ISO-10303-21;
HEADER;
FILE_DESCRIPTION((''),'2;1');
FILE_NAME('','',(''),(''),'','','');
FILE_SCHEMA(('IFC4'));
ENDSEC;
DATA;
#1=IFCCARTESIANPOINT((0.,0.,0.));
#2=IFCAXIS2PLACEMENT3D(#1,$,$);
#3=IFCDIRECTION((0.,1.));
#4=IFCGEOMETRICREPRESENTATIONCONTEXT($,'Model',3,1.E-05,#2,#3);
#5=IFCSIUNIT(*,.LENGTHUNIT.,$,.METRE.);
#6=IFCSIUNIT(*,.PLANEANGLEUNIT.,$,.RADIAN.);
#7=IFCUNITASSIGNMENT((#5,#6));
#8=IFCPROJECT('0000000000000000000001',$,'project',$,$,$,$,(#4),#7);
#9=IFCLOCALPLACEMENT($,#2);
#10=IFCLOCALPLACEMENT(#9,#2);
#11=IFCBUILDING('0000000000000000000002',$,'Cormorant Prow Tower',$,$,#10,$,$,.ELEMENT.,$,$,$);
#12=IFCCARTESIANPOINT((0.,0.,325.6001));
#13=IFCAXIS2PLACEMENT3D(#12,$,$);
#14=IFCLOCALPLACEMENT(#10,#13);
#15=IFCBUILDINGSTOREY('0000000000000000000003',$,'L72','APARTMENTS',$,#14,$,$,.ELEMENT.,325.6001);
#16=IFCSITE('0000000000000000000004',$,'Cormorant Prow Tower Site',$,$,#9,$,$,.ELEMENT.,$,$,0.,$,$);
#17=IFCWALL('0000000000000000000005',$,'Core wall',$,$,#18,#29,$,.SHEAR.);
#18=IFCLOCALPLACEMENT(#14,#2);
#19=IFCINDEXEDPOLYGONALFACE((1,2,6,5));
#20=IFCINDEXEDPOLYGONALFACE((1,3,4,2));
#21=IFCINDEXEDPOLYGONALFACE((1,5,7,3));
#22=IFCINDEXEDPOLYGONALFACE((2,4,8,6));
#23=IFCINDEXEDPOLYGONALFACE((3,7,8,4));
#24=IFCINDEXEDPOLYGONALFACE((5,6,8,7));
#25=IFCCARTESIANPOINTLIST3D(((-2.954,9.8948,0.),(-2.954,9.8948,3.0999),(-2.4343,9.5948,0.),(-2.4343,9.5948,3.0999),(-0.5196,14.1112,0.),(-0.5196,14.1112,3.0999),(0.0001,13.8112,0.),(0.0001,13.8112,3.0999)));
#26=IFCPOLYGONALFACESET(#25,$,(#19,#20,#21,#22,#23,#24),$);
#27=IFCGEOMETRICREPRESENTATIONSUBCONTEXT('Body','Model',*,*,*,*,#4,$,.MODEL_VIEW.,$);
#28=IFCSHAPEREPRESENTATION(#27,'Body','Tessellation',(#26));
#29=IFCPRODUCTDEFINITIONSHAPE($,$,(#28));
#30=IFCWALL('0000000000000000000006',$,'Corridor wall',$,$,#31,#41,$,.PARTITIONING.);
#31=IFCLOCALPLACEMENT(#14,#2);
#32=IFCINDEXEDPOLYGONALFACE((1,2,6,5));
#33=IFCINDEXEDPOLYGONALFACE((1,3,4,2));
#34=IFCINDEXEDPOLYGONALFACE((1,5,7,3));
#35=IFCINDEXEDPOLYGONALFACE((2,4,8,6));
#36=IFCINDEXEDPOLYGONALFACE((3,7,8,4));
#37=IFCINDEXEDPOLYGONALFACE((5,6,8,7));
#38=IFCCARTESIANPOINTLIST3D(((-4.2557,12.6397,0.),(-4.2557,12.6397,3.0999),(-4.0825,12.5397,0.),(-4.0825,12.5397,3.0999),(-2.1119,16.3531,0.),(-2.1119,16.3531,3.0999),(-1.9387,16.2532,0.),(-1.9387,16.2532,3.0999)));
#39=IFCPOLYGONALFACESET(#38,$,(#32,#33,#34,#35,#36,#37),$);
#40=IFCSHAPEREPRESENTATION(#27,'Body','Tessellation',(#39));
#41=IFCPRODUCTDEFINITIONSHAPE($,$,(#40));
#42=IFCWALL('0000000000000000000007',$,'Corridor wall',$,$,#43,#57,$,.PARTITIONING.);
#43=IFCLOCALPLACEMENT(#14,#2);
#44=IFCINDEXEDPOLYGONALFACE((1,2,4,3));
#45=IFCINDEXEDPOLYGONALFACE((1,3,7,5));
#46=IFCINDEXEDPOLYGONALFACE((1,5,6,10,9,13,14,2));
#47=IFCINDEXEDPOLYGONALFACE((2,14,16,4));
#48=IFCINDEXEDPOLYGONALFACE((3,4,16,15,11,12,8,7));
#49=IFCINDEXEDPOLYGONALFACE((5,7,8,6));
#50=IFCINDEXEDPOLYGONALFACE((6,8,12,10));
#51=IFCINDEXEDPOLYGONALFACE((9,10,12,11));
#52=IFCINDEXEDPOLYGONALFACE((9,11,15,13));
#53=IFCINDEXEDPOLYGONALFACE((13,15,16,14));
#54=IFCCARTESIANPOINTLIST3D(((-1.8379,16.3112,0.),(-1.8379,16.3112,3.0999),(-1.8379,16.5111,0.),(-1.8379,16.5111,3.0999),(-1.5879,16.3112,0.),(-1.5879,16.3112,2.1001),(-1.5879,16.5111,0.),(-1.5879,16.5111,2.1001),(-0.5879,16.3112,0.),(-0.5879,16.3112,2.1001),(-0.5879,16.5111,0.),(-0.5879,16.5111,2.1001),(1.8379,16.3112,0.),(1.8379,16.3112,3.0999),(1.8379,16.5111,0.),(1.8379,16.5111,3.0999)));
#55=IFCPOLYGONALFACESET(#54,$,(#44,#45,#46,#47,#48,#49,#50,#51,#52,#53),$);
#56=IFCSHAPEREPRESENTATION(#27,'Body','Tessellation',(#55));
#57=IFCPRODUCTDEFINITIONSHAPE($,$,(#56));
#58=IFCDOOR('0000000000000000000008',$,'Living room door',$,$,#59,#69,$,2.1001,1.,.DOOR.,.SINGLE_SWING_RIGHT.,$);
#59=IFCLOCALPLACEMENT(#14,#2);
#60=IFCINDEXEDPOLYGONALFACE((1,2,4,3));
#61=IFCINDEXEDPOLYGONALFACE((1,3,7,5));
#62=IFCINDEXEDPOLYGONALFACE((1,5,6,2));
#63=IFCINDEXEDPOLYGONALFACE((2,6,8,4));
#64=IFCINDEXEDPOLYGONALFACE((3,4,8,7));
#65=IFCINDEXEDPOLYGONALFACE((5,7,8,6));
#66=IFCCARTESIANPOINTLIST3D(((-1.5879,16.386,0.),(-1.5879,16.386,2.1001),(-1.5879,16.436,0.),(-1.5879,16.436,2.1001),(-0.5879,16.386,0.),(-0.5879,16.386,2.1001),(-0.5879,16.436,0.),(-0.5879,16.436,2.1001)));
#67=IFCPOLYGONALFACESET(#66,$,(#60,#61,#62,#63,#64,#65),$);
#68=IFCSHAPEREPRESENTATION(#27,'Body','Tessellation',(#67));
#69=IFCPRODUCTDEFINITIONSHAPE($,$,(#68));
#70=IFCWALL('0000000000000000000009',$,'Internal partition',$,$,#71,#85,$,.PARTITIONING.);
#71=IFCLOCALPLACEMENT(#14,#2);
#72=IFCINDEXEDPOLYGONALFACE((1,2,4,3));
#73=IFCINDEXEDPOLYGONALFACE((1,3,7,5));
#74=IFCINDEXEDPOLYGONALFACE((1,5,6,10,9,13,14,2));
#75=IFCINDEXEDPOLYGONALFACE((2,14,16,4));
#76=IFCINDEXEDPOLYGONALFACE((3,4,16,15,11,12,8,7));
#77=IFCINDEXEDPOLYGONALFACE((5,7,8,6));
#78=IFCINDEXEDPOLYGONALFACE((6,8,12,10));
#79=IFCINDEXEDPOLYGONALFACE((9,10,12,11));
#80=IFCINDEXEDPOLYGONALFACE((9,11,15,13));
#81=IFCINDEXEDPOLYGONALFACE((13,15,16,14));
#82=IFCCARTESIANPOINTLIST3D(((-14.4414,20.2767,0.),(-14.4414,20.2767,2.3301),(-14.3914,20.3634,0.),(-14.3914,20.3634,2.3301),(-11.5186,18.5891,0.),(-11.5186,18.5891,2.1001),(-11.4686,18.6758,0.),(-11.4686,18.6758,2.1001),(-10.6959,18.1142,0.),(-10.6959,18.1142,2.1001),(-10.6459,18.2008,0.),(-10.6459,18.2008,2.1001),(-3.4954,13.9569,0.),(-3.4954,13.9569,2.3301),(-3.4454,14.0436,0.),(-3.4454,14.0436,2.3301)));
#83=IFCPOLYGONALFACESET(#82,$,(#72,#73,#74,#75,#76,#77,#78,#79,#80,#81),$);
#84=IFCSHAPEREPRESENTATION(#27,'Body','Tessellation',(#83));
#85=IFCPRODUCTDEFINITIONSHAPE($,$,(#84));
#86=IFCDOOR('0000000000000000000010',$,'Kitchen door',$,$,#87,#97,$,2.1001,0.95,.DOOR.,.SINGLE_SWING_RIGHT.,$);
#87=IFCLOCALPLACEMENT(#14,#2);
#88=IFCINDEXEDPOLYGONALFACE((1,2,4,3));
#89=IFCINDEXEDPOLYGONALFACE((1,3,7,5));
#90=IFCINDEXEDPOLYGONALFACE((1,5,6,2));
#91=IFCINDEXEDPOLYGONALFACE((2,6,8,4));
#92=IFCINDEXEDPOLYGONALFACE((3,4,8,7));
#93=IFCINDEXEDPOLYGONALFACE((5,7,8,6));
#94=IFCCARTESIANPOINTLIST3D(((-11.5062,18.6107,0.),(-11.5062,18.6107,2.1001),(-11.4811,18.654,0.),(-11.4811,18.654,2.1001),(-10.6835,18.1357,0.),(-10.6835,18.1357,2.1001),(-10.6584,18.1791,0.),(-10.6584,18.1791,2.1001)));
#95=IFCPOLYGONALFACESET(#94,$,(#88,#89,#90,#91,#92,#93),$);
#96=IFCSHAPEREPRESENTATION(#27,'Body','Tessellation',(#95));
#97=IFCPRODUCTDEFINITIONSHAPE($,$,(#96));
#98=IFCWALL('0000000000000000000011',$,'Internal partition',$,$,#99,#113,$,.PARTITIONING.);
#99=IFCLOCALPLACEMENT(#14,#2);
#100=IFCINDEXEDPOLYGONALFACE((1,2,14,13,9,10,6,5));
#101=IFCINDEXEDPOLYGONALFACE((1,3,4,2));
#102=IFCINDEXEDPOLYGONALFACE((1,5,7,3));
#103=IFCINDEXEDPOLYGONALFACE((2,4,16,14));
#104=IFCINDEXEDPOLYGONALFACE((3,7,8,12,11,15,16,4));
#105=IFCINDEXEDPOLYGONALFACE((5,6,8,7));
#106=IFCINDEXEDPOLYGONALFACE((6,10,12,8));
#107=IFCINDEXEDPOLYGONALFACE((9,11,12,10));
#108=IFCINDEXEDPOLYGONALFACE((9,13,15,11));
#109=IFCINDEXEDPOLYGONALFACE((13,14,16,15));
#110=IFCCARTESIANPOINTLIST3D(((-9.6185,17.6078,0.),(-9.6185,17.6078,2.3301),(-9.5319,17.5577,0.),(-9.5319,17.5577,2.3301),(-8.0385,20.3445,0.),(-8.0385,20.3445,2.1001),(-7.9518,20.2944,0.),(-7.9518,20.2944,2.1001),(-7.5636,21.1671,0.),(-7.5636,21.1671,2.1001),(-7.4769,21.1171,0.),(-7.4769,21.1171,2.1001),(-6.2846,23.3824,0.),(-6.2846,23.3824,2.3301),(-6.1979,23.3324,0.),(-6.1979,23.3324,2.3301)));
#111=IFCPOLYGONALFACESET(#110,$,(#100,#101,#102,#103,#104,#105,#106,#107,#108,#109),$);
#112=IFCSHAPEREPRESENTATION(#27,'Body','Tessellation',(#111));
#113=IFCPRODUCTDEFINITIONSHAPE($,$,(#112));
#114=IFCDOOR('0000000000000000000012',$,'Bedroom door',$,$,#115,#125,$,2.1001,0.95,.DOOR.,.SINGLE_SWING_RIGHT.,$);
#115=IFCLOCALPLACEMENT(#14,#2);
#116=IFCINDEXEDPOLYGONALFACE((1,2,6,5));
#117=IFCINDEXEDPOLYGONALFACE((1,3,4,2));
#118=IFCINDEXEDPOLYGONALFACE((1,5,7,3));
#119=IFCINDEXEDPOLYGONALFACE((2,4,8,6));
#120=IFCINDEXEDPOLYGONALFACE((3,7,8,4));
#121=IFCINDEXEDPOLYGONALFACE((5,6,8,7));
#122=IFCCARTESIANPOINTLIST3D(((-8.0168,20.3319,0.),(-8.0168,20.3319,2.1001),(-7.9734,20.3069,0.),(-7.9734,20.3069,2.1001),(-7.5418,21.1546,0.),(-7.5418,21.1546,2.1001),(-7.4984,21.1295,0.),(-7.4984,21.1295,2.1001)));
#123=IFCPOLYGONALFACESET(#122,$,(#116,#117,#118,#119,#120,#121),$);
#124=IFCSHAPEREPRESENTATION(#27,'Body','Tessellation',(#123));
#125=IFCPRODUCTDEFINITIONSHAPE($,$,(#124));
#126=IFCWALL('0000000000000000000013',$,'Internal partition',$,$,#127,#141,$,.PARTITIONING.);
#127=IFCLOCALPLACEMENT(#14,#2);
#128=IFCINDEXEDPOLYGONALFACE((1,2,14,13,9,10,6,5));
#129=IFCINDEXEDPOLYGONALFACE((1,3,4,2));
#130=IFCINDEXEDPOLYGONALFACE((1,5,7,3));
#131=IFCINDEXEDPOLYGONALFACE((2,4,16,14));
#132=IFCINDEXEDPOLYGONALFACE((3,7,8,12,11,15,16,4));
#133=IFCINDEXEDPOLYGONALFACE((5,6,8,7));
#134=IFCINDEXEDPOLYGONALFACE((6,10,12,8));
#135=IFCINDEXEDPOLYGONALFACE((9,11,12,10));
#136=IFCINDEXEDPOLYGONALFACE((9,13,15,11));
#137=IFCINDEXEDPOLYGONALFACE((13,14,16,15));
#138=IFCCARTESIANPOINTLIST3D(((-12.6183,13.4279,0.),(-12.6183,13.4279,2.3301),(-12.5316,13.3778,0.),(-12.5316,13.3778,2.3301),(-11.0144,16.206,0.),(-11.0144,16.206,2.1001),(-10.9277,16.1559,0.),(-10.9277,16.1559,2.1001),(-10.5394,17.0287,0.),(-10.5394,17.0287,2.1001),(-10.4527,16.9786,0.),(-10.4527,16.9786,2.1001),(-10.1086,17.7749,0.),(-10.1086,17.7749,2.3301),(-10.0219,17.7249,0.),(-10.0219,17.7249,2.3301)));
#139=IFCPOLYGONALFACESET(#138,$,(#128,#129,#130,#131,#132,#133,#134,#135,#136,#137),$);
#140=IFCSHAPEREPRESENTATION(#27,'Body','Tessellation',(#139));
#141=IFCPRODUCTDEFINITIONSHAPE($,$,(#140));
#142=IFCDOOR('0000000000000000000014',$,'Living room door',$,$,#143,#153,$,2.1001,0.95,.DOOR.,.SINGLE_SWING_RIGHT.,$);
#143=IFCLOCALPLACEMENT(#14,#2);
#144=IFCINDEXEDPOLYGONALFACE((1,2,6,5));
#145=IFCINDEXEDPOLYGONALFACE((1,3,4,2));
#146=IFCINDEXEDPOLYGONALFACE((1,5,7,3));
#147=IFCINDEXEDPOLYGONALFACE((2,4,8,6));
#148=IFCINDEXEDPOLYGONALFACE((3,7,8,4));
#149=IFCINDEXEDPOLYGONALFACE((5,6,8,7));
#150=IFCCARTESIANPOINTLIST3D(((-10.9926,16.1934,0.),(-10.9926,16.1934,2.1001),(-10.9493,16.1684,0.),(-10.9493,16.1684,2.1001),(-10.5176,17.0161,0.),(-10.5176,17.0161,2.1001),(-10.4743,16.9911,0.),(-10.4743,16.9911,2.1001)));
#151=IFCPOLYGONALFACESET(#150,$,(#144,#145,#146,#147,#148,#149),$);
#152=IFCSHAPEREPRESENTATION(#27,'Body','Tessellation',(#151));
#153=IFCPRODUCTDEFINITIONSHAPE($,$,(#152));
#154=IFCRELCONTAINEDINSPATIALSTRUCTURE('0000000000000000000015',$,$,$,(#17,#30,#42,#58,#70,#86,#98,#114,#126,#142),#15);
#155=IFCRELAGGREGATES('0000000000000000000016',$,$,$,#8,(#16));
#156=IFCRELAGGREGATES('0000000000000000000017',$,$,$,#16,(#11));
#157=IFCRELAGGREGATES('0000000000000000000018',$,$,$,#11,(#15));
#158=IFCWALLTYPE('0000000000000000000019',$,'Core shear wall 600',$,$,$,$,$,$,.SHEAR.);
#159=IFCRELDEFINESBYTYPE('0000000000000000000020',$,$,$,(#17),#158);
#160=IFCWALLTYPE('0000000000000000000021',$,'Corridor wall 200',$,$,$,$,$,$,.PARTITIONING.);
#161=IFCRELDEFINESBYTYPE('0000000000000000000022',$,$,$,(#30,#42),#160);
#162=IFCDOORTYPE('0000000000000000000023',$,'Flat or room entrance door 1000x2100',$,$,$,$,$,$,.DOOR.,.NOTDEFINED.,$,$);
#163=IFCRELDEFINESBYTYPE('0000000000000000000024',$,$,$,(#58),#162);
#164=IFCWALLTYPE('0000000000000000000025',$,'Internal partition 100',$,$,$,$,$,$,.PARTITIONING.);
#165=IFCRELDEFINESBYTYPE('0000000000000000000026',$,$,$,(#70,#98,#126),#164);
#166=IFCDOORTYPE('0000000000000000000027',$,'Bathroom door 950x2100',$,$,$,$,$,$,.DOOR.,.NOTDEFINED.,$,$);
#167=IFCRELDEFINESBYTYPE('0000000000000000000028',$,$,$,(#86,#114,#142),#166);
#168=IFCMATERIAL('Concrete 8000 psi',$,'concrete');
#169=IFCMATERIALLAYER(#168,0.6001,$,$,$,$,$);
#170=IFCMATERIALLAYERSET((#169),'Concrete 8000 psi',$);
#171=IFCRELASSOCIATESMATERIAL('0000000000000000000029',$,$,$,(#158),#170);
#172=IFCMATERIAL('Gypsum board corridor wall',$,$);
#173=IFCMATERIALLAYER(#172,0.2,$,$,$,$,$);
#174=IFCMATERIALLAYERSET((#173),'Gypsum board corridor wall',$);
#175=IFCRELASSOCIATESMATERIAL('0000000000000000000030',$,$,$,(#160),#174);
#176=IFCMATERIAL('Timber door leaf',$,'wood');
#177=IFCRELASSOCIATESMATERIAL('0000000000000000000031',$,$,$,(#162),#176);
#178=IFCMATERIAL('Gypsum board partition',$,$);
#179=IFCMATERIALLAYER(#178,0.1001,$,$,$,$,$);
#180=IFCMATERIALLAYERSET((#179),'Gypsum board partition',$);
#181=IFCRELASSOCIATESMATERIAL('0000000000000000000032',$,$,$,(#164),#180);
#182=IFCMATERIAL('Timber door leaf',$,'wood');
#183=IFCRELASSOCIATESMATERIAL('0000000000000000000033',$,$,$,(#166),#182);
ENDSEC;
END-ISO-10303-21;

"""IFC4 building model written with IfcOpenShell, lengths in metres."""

from ifc_helpers import new_model, si_unit, direction, frame, frame_2d, origin, place, context, subcontext, project, spatial, rectangle, extrude, material, layer, layer_set, type_object, element, fill, save


model = new_model("IFC4")

# Units and contexts
model_context = context("Model", 3, precision=1e-05, world=origin(), true_north=direction((0.0, 1.0)))
body_context = subcontext(model_context, "Body", "Model", "MODEL_VIEW")
ifc_project = project(units=[si_unit("LENGTHUNIT", "METRE"), si_unit("PLANEANGLEUNIT", "RADIAN")], contexts=[model_context])

# Site, building, storey
site_placement = place(None, origin())
site = spatial("IfcSite", under=ifc_project, at=site_placement, Name="Cormorant Prow Tower Site", CompositionType="ELEMENT", RefElevation=0.0)
building_placement = place(site_placement, origin())
building = spatial("IfcBuilding", under=site, at=building_placement, Name="Cormorant Prow Tower", CompositionType="ELEMENT")
storey_placement = place(building_placement, frame((0.0, 0.0, 325.6001)))
storey = spatial("IfcBuildingStorey", under=building, at=storey_placement, Name="L72", Description="APARTMENTS", CompositionType="ELEMENT", Elevation=325.6001)

# Walls
ifc_material_1 = material(Name="Concrete 8000 psi", Category="concrete")
ifc_layer_1 = layer(ifc_material_1, 0.6001)
ifc_layer_set_1 = layer_set([ifc_layer_1], Name="Concrete 8000 psi")
wall_type_1 = type_object("IfcWallType", Name="Core shear wall 600", PredefinedType="SHEAR", material=ifc_layer_set_1)
wall_1_placement = place(storey_placement, frame((-0.2598, 13.9612, 0.0), z_axis=(0.0, 0.0, 1.0), x_axis=(-0.500006, -0.866022, 0.0)))
element("IfcWall", 1, at=wall_1_placement, inside=storey, type_object=wall_type_1, Name="Core wall", PredefinedType="SHEAR", context=body_context, shape_type="SweptSolid", body=[
    extrude(rectangle(XDim=4.8687, YDim=0.6001, at=frame_2d((2.4343, 0.0))), origin(), (0.0, 0.0, 1.0), 3.0999),
])
ifc_material_2 = material(Name="Gypsum board corridor wall")
ifc_layer_2 = layer(ifc_material_2, 0.2)
ifc_layer_set_2 = layer_set([ifc_layer_2], Name="Gypsum board corridor wall")
wall_type_2 = type_object("IfcWallType", Name="Corridor wall 200", PredefinedType="PARTITIONING", material=ifc_layer_set_2)
wall_2_placement = place(storey_placement, frame((-4.1692, 12.5896, 0.0), z_axis=(0.0, 0.0, 1.0), x_axis=(0.499979, 0.866038, 0.0)))
element("IfcWall", 2, at=wall_2_placement, inside=storey, type_object=wall_type_2, Name="Corridor wall", PredefinedType="PARTITIONING", context=body_context, shape_type="SweptSolid", body=[
    extrude(rectangle(XDim=4.2878, YDim=0.2, at=frame_2d((2.144, 0.0))), origin(), (0.0, 0.0, 1.0), 3.0999),
])

# Walls, openings, doors
wall_3_placement = place(storey_placement, frame((-1.8379, 16.4111, 0.0), z_axis=(0.0, 0.0, 1.0), x_axis=(1.0, 0.0, 0.0)))
wall_3 = element("IfcWall", 3, at=wall_3_placement, inside=storey, type_object=wall_type_2, Name="Corridor wall", PredefinedType="PARTITIONING", context=body_context, shape_type="SweptSolid", body=[
    extrude(rectangle(XDim=3.6758, YDim=0.2, at=frame_2d((1.8379, 0.0))), origin(), (0.0, 0.0, 1.0), 3.0999),
])
opening_1_placement = place(wall_3_placement, frame((0.25, 0.0, 0.0)))
opening_1 = element("IfcOpeningElement", 4, at=opening_1_placement, cuts=wall_3, PredefinedType="OPENING", context=body_context, shape_type="SweptSolid", body=[
    extrude(rectangle(XDim=1.0, YDim=2.1001, at=frame_2d((0.5, 1.05))), frame((0.0, 0.1099, 0.0), z_axis=(0.0, -1.0, 0.0), x_axis=(1.0, 0.0, 0.0)), (0.0, 0.0, 1.0), 0.22),
])
ifc_material_3 = material(Name="Timber door leaf", Category="wood")
door_type_1 = type_object("IfcDoorType", Name="Flat or room entrance door 1000x2100", OperationType="NOTDEFINED", PredefinedType="DOOR", material=ifc_material_3)
door_1_placement = place(opening_1_placement, origin())
door_1 = element("IfcDoor", 5, at=door_1_placement, inside=storey, type_object=door_type_1, Name="Living room door", OperationType="SINGLE_SWING_RIGHT", OverallHeight=2.1001, OverallWidth=1.0, PredefinedType="DOOR", context=body_context, shape_type="SweptSolid", body=[
    extrude(rectangle(XDim=1.0, YDim=2.1001, at=frame_2d((0.5, 1.05))), frame((0.0, 0.0249, 0.0), z_axis=(0.0, -1.0, 0.0), x_axis=(1.0, 0.0, 0.0)), (0.0, 0.0, 1.0), 0.05),
])
fill(opening_1, door_1)
ifc_material_4 = material(Name="Gypsum board partition")
ifc_layer_3 = layer(ifc_material_4, 0.1001)
ifc_layer_set_3 = layer_set([ifc_layer_3], Name="Gypsum board partition")
wall_type_3 = type_object("IfcWallType", Name="Internal partition 100", PredefinedType="PARTITIONING", material=ifc_layer_set_3)
wall_4_placement = place(storey_placement, frame((-14.4165, 20.3201, 0.0), z_axis=(0.0, 0.0, 1.0), x_axis=(0.866021, -0.500007, 0.0)))
wall_4 = element("IfcWall", 6, at=wall_4_placement, inside=storey, type_object=wall_type_3, Name="Internal partition", PredefinedType="PARTITIONING", context=body_context, shape_type="SweptSolid", body=[
    extrude(rectangle(XDim=12.6394, YDim=0.1001, at=frame_2d((6.3198, 0.0))), origin(), (0.0, 0.0, 1.0), 2.3301),
])
opening_2_placement = place(wall_4_placement, frame((3.375, 0.0, 0.0)))
opening_2 = element("IfcOpeningElement", 7, at=opening_2_placement, cuts=wall_4, PredefinedType="OPENING", context=body_context, shape_type="SweptSolid", body=[
    extrude(rectangle(XDim=0.95, YDim=2.1001, at=frame_2d((0.4751, 1.05))), frame((0.0, 0.0601, 0.0), z_axis=(0.0, -1.0, 0.0), x_axis=(1.0, 0.0, 0.0)), (0.0, 0.0, 1.0), 0.1201),
])
ifc_material_5 = material(Name="Timber door leaf", Category="wood")
door_type_2 = type_object("IfcDoorType", Name="Bathroom door 950x2100", OperationType="NOTDEFINED", PredefinedType="DOOR", material=ifc_material_5)
door_2_placement = place(opening_2_placement, origin())
door_2 = element("IfcDoor", 8, at=door_2_placement, inside=storey, type_object=door_type_2, Name="Kitchen door", OperationType="SINGLE_SWING_RIGHT", OverallHeight=2.1001, OverallWidth=0.95, PredefinedType="DOOR", context=body_context, shape_type="SweptSolid", body=[
    extrude(rectangle(XDim=0.95, YDim=2.1001, at=frame_2d((0.4751, 1.05))), frame((0.0, 0.0249, 0.0), z_axis=(0.0, -1.0, 0.0), x_axis=(1.0, 0.0, 0.0)), (0.0, 0.0, 1.0), 0.05),
])
fill(opening_2, door_2)
wall_5_placement = place(storey_placement, frame((-9.5752, 17.5828, 0.0), z_axis=(0.0, 0.0, 1.0), x_axis=(0.499998, 0.866026, 0.0)))
wall_5 = element("IfcWall", 9, at=wall_5_placement, inside=storey, type_object=wall_type_3, Name="Internal partition", PredefinedType="PARTITIONING", context=body_context, shape_type="SweptSolid", body=[
    extrude(rectangle(XDim=6.668, YDim=0.1001, at=frame_2d((3.334, 0.0))), origin(), (0.0, 0.0, 1.0), 2.3301),
])
opening_3_placement = place(wall_5_placement, frame((3.1599, 0.0, 0.0)))
opening_3 = element("IfcOpeningElement", 10, at=opening_3_placement, cuts=wall_5, PredefinedType="OPENING", context=body_context, shape_type="SweptSolid", body=[
    extrude(rectangle(XDim=0.95, YDim=2.1001, at=frame_2d((0.4751, 1.05))), frame((0.0, 0.0601, 0.0), z_axis=(0.0, -1.0, 0.0), x_axis=(1.0, 0.0, 0.0)), (0.0, 0.0, 1.0), 0.1201),
])
door_3_placement = place(opening_3_placement, origin())
door_3 = element("IfcDoor", 11, at=door_3_placement, inside=storey, type_object=door_type_2, Name="Bedroom door", OperationType="SINGLE_SWING_RIGHT", OverallHeight=2.1001, OverallWidth=0.95, PredefinedType="DOOR", context=body_context, shape_type="SweptSolid", body=[
    extrude(rectangle(XDim=0.95, YDim=2.1001, at=frame_2d((0.4751, 1.05))), frame((0.0, 0.0249, 0.0), z_axis=(0.0, -1.0, 0.0), x_axis=(1.0, 0.0, 0.0)), (0.0, 0.0, 1.0), 0.05),
])
fill(opening_3, door_3)
wall_6_placement = place(storey_placement, frame((-12.575, 13.4028, 0.0), z_axis=(0.0, 0.0, 1.0), x_axis=(0.499989, 0.866032, 0.0)))
wall_6 = element("IfcWall", 12, at=wall_6_placement, inside=storey, type_object=wall_type_3, Name="Internal partition", PredefinedType="PARTITIONING", context=body_context, shape_type="SweptSolid", body=[
    extrude(rectangle(XDim=5.0195, YDim=0.1001, at=frame_2d((2.5098, 0.0))), origin(), (0.0, 0.0, 1.0), 2.3301),
])
opening_4_placement = place(wall_6_placement, frame((3.2078, 0.0, 0.0)))
opening_4 = element("IfcOpeningElement", 13, at=opening_4_placement, cuts=wall_6, PredefinedType="OPENING", context=body_context, shape_type="SweptSolid", body=[
    extrude(rectangle(XDim=0.95, YDim=2.1001, at=frame_2d((0.4751, 1.05))), frame((0.0, 0.0601, 0.0), z_axis=(0.0, -1.0, 0.0), x_axis=(1.0, 0.0, 0.0)), (0.0, 0.0, 1.0), 0.1201),
])
door_4_placement = place(opening_4_placement, origin())
door_4 = element("IfcDoor", 14, at=door_4_placement, inside=storey, type_object=door_type_2, Name="Living room door", OperationType="SINGLE_SWING_RIGHT", OverallHeight=2.1001, OverallWidth=0.95, PredefinedType="DOOR", context=body_context, shape_type="SweptSolid", body=[
    extrude(rectangle(XDim=0.95, YDim=2.1001, at=frame_2d((0.4751, 1.05))), frame((0.0, 0.0249, 0.0), z_axis=(0.0, -1.0, 0.0), x_axis=(1.0, 0.0, 0.0)), (0.0, 0.0, 1.0), 0.05),
])
fill(opening_4, door_4)

save(model, "model.ifc")
